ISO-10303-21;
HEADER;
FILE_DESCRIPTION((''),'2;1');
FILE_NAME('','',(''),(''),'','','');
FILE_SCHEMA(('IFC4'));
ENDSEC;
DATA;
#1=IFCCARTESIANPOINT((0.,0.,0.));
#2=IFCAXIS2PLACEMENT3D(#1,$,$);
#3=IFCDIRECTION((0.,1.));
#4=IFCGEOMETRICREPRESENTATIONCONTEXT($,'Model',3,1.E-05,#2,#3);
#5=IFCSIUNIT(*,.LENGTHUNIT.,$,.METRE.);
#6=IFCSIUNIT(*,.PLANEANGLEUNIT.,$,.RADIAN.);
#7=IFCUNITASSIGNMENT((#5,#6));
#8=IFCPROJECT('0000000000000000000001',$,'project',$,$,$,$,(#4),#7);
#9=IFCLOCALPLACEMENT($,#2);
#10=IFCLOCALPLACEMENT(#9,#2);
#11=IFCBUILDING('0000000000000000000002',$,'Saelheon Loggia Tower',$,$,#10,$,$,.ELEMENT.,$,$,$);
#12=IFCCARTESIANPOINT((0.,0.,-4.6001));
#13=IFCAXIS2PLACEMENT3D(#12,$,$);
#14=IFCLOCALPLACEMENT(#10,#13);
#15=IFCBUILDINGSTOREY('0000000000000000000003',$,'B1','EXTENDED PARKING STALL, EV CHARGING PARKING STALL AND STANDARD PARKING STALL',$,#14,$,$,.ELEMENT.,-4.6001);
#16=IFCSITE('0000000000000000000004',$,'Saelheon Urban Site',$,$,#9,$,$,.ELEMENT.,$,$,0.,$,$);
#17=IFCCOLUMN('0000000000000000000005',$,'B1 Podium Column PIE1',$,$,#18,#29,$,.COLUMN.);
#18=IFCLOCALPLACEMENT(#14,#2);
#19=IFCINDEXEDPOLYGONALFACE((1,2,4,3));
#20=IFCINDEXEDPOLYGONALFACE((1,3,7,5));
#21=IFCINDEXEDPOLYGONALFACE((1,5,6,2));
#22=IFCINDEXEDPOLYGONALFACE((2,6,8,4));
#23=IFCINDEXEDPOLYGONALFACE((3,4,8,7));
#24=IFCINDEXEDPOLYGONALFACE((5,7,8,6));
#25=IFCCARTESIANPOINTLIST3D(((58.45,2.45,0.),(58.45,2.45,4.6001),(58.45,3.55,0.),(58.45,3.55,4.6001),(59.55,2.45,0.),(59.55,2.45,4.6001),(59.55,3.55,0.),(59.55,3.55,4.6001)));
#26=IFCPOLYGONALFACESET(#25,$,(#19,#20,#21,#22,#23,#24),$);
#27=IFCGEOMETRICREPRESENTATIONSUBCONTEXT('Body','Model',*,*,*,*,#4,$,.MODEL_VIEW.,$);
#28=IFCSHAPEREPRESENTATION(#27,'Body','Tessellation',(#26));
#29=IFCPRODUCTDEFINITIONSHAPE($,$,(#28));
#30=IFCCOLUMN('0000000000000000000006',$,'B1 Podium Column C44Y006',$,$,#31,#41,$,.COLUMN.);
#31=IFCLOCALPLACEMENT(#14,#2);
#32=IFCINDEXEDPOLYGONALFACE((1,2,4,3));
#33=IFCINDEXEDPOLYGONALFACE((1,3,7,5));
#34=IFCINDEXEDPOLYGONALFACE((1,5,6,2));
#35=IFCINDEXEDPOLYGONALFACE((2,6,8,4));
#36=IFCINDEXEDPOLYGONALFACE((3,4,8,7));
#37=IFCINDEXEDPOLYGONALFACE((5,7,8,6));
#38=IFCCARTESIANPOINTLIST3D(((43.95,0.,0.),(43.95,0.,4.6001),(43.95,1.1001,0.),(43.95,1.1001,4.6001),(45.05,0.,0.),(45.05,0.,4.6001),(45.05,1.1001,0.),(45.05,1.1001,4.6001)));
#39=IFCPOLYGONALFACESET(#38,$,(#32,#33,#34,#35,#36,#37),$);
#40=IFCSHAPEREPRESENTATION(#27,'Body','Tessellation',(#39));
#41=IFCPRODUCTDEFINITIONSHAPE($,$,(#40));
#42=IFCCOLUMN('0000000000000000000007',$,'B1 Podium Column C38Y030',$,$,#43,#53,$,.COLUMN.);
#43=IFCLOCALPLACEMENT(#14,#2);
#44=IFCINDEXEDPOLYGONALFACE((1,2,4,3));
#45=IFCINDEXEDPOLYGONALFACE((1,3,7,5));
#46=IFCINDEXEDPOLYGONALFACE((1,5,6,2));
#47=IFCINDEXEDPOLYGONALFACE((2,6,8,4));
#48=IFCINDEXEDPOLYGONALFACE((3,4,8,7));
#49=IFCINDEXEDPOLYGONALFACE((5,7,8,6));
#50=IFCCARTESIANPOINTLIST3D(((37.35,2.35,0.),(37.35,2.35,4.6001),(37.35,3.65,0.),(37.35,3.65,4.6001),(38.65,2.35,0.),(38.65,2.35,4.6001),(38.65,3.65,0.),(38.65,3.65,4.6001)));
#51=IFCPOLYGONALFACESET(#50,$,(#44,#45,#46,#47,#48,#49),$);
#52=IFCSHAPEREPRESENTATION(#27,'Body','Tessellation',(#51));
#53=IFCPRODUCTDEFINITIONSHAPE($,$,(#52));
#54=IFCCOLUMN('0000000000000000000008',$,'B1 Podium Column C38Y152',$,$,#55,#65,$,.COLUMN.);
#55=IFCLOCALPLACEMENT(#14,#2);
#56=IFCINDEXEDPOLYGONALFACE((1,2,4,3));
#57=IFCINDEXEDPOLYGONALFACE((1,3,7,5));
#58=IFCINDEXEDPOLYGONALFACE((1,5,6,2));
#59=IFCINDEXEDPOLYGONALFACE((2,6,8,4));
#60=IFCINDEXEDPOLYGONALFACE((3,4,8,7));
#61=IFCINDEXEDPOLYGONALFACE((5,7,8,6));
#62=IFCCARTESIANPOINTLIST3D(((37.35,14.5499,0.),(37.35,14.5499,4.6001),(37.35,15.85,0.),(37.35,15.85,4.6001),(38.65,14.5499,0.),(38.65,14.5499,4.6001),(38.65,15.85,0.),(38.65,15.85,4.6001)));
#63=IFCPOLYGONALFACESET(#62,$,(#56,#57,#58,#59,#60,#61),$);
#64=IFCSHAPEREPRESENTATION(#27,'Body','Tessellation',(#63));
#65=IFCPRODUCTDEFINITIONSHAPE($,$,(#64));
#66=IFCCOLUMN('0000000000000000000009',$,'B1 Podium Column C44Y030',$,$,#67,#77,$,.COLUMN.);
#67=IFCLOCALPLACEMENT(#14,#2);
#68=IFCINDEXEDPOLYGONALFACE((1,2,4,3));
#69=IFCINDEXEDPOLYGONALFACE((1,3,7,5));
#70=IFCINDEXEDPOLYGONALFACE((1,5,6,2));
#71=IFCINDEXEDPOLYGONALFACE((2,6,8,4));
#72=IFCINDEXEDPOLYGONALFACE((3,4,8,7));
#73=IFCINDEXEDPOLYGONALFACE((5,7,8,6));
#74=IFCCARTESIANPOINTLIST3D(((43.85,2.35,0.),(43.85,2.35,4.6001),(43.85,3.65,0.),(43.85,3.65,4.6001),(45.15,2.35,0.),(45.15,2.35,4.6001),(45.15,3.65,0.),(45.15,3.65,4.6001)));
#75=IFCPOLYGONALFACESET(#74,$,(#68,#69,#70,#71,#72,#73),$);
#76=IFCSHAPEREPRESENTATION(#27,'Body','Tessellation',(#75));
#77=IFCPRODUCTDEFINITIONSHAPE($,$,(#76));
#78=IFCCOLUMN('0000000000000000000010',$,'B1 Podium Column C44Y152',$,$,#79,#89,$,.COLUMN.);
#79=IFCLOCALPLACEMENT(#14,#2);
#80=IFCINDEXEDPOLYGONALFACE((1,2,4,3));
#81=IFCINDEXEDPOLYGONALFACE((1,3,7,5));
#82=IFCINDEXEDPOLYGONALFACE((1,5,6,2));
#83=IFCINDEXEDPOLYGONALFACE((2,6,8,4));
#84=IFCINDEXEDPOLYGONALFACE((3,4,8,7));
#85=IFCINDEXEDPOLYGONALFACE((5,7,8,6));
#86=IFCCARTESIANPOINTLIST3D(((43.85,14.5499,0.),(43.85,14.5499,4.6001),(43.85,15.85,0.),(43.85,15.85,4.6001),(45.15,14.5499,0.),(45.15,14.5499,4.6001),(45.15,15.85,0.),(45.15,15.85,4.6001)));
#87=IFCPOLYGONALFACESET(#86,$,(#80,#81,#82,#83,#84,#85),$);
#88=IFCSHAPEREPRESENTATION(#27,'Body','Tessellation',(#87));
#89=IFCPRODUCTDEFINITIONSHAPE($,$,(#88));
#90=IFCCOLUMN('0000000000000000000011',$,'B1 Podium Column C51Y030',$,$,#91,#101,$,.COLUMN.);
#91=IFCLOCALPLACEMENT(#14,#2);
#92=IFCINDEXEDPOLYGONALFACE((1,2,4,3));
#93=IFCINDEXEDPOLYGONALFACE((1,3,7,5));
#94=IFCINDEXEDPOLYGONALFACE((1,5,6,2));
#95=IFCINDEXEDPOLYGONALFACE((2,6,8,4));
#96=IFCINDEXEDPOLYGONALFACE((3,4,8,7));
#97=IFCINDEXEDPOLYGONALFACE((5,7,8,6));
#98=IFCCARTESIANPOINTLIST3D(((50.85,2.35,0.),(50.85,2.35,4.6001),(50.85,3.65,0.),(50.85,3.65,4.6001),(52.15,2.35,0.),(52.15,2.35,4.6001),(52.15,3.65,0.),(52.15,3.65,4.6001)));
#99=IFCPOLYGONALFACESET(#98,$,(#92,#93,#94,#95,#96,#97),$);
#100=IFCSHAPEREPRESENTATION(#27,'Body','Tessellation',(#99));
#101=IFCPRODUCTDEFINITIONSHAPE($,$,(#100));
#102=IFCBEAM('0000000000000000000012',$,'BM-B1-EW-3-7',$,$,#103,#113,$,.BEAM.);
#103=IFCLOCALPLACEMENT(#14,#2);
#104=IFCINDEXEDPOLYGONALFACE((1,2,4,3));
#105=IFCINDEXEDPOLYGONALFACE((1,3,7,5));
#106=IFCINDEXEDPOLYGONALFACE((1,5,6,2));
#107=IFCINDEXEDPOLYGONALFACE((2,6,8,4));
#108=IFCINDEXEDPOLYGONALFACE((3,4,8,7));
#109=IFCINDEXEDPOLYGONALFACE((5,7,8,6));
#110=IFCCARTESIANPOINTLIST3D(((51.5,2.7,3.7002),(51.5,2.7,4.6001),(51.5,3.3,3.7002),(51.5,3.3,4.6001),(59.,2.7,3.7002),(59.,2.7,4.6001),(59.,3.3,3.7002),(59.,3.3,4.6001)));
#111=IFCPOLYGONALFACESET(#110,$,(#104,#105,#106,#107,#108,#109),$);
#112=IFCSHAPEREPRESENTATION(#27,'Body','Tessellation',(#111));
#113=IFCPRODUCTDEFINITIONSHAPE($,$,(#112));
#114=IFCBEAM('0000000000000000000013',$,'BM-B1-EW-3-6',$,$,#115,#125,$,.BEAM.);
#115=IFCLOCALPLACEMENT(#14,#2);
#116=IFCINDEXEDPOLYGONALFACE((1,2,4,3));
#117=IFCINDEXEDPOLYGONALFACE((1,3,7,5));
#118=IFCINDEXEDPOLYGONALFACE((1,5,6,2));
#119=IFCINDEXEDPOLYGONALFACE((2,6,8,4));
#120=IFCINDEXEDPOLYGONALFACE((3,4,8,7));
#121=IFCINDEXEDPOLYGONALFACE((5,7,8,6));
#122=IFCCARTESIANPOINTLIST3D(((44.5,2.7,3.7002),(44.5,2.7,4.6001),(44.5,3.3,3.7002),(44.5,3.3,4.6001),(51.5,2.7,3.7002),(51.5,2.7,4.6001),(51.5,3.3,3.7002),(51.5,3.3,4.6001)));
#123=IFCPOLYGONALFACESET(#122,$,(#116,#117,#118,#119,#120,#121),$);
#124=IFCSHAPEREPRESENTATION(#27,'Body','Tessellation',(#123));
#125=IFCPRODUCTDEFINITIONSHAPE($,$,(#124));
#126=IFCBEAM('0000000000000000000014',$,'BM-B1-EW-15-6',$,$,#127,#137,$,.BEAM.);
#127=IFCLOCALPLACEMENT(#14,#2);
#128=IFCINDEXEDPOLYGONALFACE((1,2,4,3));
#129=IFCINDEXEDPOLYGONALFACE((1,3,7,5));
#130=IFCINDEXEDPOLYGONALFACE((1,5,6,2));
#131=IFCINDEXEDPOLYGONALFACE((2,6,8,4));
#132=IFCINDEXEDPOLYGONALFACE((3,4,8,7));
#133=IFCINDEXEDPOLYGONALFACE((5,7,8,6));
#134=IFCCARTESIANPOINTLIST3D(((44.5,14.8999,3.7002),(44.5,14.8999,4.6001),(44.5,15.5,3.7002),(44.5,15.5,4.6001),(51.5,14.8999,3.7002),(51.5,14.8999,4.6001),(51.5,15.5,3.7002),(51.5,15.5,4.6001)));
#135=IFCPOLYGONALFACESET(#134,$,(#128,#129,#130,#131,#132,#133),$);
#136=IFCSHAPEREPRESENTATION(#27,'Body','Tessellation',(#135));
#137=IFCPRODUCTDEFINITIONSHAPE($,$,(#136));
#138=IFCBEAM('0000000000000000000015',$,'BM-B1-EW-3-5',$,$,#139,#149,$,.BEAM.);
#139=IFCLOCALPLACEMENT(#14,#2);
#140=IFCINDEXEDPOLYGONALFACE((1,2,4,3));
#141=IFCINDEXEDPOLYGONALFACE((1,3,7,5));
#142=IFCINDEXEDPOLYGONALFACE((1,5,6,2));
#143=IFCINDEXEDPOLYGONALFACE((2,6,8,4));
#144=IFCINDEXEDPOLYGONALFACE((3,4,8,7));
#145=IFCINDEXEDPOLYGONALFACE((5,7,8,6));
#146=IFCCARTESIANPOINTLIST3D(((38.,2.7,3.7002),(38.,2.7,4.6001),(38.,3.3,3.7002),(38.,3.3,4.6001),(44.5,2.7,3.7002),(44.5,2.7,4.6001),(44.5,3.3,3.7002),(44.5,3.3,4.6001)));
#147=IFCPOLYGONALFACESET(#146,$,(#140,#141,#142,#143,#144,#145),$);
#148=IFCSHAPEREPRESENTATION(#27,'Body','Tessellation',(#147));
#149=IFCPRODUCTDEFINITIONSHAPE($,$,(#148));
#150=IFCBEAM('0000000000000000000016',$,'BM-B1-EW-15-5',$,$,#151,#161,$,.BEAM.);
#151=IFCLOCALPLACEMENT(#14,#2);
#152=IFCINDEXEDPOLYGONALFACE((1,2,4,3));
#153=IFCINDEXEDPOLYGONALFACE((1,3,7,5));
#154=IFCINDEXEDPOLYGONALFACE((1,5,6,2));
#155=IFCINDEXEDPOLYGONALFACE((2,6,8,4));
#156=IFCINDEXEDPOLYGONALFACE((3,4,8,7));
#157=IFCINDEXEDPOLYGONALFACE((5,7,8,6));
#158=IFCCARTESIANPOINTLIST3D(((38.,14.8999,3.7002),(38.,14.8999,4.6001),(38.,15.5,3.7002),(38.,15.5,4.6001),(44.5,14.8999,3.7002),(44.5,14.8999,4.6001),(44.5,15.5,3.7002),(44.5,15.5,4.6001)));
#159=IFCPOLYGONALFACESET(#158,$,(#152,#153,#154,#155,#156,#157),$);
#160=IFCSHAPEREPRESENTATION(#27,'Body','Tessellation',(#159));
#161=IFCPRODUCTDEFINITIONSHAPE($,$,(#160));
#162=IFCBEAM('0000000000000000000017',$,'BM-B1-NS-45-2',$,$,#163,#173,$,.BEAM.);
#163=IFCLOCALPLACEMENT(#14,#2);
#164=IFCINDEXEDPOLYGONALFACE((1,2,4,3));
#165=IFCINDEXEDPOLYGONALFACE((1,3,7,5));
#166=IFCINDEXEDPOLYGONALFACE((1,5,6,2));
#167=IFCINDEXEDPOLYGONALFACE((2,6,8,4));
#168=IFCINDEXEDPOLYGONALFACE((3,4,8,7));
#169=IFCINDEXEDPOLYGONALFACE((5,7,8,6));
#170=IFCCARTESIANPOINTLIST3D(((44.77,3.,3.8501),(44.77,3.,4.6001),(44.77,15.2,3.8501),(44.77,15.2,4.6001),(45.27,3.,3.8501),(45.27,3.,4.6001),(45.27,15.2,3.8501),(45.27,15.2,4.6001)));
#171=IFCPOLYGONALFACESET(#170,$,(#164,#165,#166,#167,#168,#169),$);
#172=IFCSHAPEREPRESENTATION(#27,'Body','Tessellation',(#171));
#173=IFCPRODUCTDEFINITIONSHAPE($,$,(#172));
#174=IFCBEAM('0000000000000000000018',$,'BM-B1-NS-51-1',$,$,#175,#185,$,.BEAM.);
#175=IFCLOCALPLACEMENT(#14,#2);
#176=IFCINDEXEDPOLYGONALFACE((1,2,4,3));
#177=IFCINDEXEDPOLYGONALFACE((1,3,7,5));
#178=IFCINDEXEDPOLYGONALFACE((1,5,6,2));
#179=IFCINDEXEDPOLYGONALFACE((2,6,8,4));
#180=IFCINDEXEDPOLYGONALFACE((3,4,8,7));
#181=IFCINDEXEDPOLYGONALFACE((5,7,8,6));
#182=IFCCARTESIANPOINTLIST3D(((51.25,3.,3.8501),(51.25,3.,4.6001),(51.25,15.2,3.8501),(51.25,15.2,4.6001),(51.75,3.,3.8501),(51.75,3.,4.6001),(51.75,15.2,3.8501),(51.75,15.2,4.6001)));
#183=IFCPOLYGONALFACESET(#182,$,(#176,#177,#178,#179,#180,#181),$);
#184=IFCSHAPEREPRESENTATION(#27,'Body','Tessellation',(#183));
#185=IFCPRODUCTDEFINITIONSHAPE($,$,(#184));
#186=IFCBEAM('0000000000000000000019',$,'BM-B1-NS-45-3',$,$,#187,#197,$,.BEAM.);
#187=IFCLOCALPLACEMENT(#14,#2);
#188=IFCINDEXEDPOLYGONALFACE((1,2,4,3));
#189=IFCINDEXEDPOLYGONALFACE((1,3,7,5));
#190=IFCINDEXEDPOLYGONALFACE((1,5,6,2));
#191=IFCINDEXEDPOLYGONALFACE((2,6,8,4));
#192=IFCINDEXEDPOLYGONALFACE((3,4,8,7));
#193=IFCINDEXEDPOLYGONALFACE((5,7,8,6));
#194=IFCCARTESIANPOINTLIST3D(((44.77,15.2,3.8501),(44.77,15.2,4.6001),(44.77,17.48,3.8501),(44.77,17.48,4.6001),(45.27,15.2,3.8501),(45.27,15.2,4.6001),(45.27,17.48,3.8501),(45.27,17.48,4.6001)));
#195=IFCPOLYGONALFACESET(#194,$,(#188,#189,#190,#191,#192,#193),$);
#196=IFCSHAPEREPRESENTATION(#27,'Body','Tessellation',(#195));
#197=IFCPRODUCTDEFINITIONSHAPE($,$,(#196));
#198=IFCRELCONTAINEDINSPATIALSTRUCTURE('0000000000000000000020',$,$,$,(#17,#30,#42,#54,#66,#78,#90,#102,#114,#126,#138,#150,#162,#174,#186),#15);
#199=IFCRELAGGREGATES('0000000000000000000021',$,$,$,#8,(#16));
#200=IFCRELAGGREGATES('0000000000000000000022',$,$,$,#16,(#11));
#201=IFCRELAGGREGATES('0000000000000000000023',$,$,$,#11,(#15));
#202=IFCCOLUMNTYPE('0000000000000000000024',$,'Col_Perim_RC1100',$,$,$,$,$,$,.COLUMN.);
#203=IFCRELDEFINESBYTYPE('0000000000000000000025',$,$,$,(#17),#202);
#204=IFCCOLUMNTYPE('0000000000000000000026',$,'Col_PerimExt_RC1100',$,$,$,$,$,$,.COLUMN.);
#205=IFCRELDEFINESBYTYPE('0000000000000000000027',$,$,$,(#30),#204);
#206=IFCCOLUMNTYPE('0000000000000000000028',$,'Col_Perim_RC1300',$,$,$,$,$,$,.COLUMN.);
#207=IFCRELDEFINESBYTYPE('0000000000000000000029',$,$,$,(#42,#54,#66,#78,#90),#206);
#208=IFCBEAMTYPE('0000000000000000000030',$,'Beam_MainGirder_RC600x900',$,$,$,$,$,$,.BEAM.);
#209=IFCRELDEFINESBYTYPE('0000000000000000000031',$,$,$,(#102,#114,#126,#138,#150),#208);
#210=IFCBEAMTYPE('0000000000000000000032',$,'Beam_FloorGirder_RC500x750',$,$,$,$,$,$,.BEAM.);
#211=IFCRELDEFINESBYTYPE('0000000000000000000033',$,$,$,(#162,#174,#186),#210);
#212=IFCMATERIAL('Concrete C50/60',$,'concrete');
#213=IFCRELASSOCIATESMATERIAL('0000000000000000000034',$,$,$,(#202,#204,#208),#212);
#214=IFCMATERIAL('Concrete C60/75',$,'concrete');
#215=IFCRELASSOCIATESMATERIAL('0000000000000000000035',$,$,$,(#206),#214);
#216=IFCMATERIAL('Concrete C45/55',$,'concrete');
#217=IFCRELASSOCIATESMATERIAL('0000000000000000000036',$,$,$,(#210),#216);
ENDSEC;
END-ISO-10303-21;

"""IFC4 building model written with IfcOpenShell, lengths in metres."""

from ifc_helpers import new_model, si_unit, direction, frame, origin, origin_2d, place, context, subcontext, project, spatial, rectangle, extrude, source, transform, mapped, material, material_profile, profile_set, type_object, element, save


model = new_model("IFC4")

# Units and contexts
model_context = context("Model", 3, precision=1e-05, world=origin(), true_north=direction((0.0, 1.0)))
body_context = subcontext(model_context, "Body", "Model", "MODEL_VIEW")
ifc_project = project(units=[si_unit("LENGTHUNIT", "METRE"), si_unit("PLANEANGLEUNIT", "RADIAN")], contexts=[model_context])

# Site, building, storey
site_placement = place(None, origin())
site = spatial("IfcSite", under=ifc_project, at=site_placement, Name="Saelheon Urban Site", CompositionType="ELEMENT", RefElevation=0.0)
building_placement = place(site_placement, origin())
building = spatial("IfcBuilding", under=site, at=building_placement, Name="Saelheon Loggia Tower", CompositionType="ELEMENT")
storey_placement = place(building_placement, frame((0.0, 0.0, -4.6001)))
storey = spatial("IfcBuildingStorey", under=building, at=storey_placement, Name="B1", Description="EXTENDED PARKING STALL, EV CHARGING PARKING STALL AND STANDARD PARKING STALL", CompositionType="ELEMENT", Elevation=-4.6001)

# Columns
ifc_material_1 = material(Name="Concrete C50/60", Category="concrete")
ifc_material_profile_1 = material_profile(ifc_material_1, rectangle(XDim=1.1001, YDim=1.1001, at=origin_2d()), Name="RC-1100x1100")
ifc_profile_set_1 = profile_set([ifc_material_profile_1], Name="Concrete C50/60")
column_type_1 = type_object("IfcColumnType", Name="Col_Perim_RC1100", PredefinedType="COLUMN", material=ifc_profile_set_1)
shared_shape_1 = source(origin(), body_context, "Body", "SweptSolid", [
    extrude(rectangle(XDim=1.1001, YDim=1.1001, at=origin_2d()), origin(), (0.0, 0.0, 1.0), 4.6001),
])
column_1_placement = place(storey_placement, frame((59.0, 3.0, 0.0), z_axis=(0.0, 0.0, 1.0), x_axis=(1.0, 0.0, 0.0)))
element("IfcColumn", 1, at=column_1_placement, inside=storey, type_object=column_type_1, Name="B1 Podium Column PIE1", PredefinedType="COLUMN", context=body_context, shape_type="MappedRepresentation", body=[
    mapped(shared_shape_1, transform((0.0, 0.0, 0.0), scale=1.0)),
])
ifc_material_profile_2 = material_profile(ifc_material_1, rectangle(XDim=1.1001, YDim=1.1001, at=origin_2d()), Name="RC-1100x1100")
ifc_profile_set_2 = profile_set([ifc_material_profile_2], Name="Concrete C50/60")
column_type_2 = type_object("IfcColumnType", Name="Col_PerimExt_RC1100", PredefinedType="COLUMN", material=ifc_profile_set_2)
column_2_placement = place(storey_placement, frame((44.5, 0.55, 0.0), z_axis=(0.0, 0.0, 1.0), x_axis=(1.0, 0.0, 0.0)))
element("IfcColumn", 2, at=column_2_placement, inside=storey, type_object=column_type_2, Name="B1 Podium Column C44Y006", PredefinedType="COLUMN", context=body_context, shape_type="MappedRepresentation", body=[
    mapped(shared_shape_1, transform((0.0, 0.0, 0.0), scale=1.0)),
])
ifc_material_2 = material(Name="Concrete C60/75", Category="concrete")
ifc_material_profile_3 = material_profile(ifc_material_2, rectangle(XDim=1.3, YDim=1.3, at=origin_2d()), Name="RC-1300x1300")
ifc_profile_set_3 = profile_set([ifc_material_profile_3], Name="Concrete C60/75")
column_type_3 = type_object("IfcColumnType", Name="Col_Perim_RC1300", PredefinedType="COLUMN", material=ifc_profile_set_3)
shared_shape_2 = source(origin(), body_context, "Body", "SweptSolid", [
    extrude(rectangle(XDim=1.3, YDim=1.3, at=origin_2d()), origin(), (0.0, 0.0, 1.0), 4.6001),
])
for number, where, z_axis, x_axis, name in (
    (3, (38.0, 3.0, 0.0), (0.0, 0.0, 1.0), (1.0, 0.0, 0.0), "B1 Podium Column C38Y030"),
    (4, (38.0, 15.2, 0.0), (0.0, 0.0, 1.0), (1.0, 0.0, 0.0), "B1 Podium Column C38Y152"),
    (5, (44.5, 3.0, 0.0), (0.0, 0.0, 1.0), (1.0, 0.0, 0.0), "B1 Podium Column C44Y030"),
    (6, (44.5, 15.2, 0.0), (0.0, 0.0, 1.0), (1.0, 0.0, 0.0), "B1 Podium Column C44Y152"),
    (7, (51.5, 3.0, 0.0), (0.0, 0.0, 1.0), (1.0, 0.0, 0.0), "B1 Podium Column C51Y030"),
):
    element("IfcColumn", number, at=place(storey_placement, frame(where, z_axis=z_axis, x_axis=x_axis)), inside=storey, type_object=column_type_3, Name=name, PredefinedType="COLUMN", context=body_context, shape_type="MappedRepresentation", body=[
        mapped(shared_shape_2, transform((0.0, 0.0, 0.0), scale=1.0)),
    ])

# Beams
ifc_material_profile_4 = material_profile(ifc_material_1, rectangle(XDim=0.6001, YDim=0.8999, at=origin_2d()), Name="RC-600x900")
ifc_profile_set_4 = profile_set([ifc_material_profile_4], Name="Concrete C50/60")
beam_type_1 = type_object("IfcBeamType", Name="Beam_MainGirder_RC600x900", PredefinedType="BEAM", material=ifc_profile_set_4)
shared_shape_3 = source(origin(), body_context, "Body", "SweptSolid", [
    extrude(rectangle(XDim=0.6001, YDim=0.8999, at=origin_2d()), origin(), (0.0, 0.0, 1.0), 7.5),
])
beam_1_placement = place(storey_placement, frame((51.5, 3.0, 4.1501), z_axis=(1.0, 0.0, 0.0), x_axis=(0.0, 1.0, 0.0)))
element("IfcBeam", 8, at=beam_1_placement, inside=storey, type_object=beam_type_1, Name="BM-B1-EW-3-7", PredefinedType="BEAM", context=body_context, shape_type="MappedRepresentation", body=[
    mapped(shared_shape_3, transform((0.0, 0.0, 0.0), scale=1.0)),
])
shared_shape_4 = source(origin(), body_context, "Body", "SweptSolid", [
    extrude(rectangle(XDim=0.6001, YDim=0.8999, at=origin_2d()), origin(), (0.0, 0.0, 1.0), 7.0),
])
for number, where, z_axis, x_axis, name in (
    (9, (44.5, 3.0, 4.1501), (1.0, 0.0, 0.0), (0.0, 1.0, 0.0), "BM-B1-EW-3-6"),
    (10, (44.5, 15.2, 4.1501), (1.0, 0.0, 0.0), (0.0, 1.0, 0.0), "BM-B1-EW-15-6"),
):
    element("IfcBeam", number, at=place(storey_placement, frame(where, z_axis=z_axis, x_axis=x_axis)), inside=storey, type_object=beam_type_1, Name=name, PredefinedType="BEAM", context=body_context, shape_type="MappedRepresentation", body=[
        mapped(shared_shape_4, transform((0.0, 0.0, 0.0), scale=1.0)),
    ])
shared_shape_5 = source(origin(), body_context, "Body", "SweptSolid", [
    extrude(rectangle(XDim=0.6001, YDim=0.8999, at=origin_2d()), origin(), (0.0, 0.0, 1.0), 6.5),
])
for number, where, z_axis, x_axis, name in (
    (11, (38.0, 3.0, 4.1501), (1.0, 0.0, 0.0), (0.0, 1.0, 0.0), "BM-B1-EW-3-5"),
    (12, (38.0, 15.2, 4.1501), (1.0, 0.0, 0.0), (0.0, 1.0, 0.0), "BM-B1-EW-15-5"),
):
    element("IfcBeam", number, at=place(storey_placement, frame(where, z_axis=z_axis, x_axis=x_axis)), inside=storey, type_object=beam_type_1, Name=name, PredefinedType="BEAM", context=body_context, shape_type="MappedRepresentation", body=[
        mapped(shared_shape_5, transform((0.0, 0.0, 0.0), scale=1.0)),
    ])
ifc_material_3 = material(Name="Concrete C45/55", Category="concrete")
ifc_material_profile_5 = material_profile(ifc_material_3, rectangle(XDim=0.5, YDim=0.75, at=origin_2d()), Name="RC-500x750")
ifc_profile_set_5 = profile_set([ifc_material_profile_5], Name="Concrete C45/55")
beam_type_2 = type_object("IfcBeamType", Name="Beam_FloorGirder_RC500x750", PredefinedType="BEAM", material=ifc_profile_set_5)
shared_shape_6 = source(origin(), body_context, "Body", "SweptSolid", [
    extrude(rectangle(XDim=0.5, YDim=0.75, at=origin_2d()), origin(), (0.0, 0.0, 1.0), 12.2),
])
for number, where, z_axis, x_axis, name in (
    (13, (45.02, 3.0, 4.2251), (0.0, 1.0, 0.0), (-1.0, 0.0, 0.0), "BM-B1-NS-45-2"),
    (14, (51.5, 3.0, 4.2251), (0.0, 1.0, 0.0), (-1.0, 0.0, 0.0), "BM-B1-NS-51-1"),
):
    element("IfcBeam", number, at=place(storey_placement, frame(where, z_axis=z_axis, x_axis=x_axis)), inside=storey, type_object=beam_type_2, Name=name, PredefinedType="BEAM", context=body_context, shape_type="MappedRepresentation", body=[
        mapped(shared_shape_6, transform((0.0, 0.0, 0.0), scale=1.0)),
    ])
shared_shape_7 = source(origin(), body_context, "Body", "SweptSolid", [
    extrude(rectangle(XDim=0.5, YDim=0.75, at=origin_2d()), origin(), (0.0, 0.0, 1.0), 2.28),
])
beam_2_placement = place(storey_placement, frame((45.02, 15.2, 4.2251), z_axis=(0.0, 1.0, 0.0), x_axis=(-1.0, 0.0, 0.0)))
element("IfcBeam", 15, at=beam_2_placement, inside=storey, type_object=beam_type_2, Name="BM-B1-NS-45-3", PredefinedType="BEAM", context=body_context, shape_type="MappedRepresentation", body=[
    mapped(shared_shape_7, transform((0.0, 0.0, 0.0), scale=1.0)),
])

save(model, "model.ifc")
